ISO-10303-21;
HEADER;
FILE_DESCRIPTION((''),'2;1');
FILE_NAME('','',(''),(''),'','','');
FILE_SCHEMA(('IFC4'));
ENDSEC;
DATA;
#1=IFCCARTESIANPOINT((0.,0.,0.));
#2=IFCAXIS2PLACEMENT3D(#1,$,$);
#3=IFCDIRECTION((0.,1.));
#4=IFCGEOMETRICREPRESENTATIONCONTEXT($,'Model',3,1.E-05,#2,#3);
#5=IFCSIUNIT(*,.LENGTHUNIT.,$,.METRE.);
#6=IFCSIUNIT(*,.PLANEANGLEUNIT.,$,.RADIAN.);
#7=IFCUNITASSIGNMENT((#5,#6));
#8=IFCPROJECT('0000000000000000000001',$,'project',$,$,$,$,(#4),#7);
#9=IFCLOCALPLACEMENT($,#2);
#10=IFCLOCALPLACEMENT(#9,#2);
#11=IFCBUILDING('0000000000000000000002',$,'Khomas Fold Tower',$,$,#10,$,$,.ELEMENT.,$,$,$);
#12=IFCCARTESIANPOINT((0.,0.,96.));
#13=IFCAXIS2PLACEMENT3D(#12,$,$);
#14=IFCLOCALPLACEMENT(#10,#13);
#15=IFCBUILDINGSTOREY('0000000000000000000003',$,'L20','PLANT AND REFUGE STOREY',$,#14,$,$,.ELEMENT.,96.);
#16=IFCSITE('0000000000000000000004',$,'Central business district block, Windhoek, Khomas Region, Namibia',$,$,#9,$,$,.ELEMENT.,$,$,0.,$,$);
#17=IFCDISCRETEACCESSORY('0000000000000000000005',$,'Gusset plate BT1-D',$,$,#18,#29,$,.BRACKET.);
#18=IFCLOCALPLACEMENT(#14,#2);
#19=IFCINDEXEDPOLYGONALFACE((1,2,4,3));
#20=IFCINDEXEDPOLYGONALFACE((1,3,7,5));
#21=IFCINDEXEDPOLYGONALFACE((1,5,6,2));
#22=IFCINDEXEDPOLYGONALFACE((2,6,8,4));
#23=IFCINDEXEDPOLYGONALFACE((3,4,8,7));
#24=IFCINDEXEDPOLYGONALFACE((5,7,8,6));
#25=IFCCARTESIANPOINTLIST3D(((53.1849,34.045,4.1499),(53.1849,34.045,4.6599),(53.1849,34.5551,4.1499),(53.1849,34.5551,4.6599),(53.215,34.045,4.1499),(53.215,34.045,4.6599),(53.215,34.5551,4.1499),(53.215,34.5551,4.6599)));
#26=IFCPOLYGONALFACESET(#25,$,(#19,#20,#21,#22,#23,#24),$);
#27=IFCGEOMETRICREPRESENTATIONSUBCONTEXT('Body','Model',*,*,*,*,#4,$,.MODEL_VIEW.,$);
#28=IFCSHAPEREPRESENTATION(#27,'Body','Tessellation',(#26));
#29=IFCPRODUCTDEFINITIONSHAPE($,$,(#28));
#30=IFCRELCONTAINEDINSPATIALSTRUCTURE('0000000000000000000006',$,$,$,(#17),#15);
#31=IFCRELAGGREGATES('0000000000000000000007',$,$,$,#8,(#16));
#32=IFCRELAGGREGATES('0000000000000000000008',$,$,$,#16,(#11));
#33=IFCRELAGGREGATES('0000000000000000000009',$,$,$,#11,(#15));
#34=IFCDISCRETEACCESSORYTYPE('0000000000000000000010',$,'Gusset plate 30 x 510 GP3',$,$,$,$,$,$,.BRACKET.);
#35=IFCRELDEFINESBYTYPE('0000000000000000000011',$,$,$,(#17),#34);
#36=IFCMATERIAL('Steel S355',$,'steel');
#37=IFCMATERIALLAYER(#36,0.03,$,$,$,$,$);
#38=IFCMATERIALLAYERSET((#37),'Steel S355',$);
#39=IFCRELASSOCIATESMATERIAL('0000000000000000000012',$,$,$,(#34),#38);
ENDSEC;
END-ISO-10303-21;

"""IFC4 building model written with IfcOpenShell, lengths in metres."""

from ifc_helpers import new_model, si_unit, direction, frame, origin, origin_2d, place, context, subcontext, project, spatial, rectangle, extrude, source, transform, mapped, material, layer, layer_set, type_object, element, save


model = new_model("IFC4")

# Units and contexts
model_context = context("Model", 3, precision=1e-05, world=origin(), true_north=direction((0.0, 1.0)))
body_context = subcontext(model_context, "Body", "Model", "MODEL_VIEW")
ifc_project = project(units=[si_unit("LENGTHUNIT", "METRE"), si_unit("PLANEANGLEUNIT", "RADIAN")], contexts=[model_context])

# Site, building, storey
site_placement = place(None, origin())
site = spatial("IfcSite", under=ifc_project, at=site_placement, Name="Central business district block, Windhoek, Khomas Region, Namibia", CompositionType="ELEMENT", RefElevation=0.0)
building_placement = place(site_placement, origin())
building = spatial("IfcBuilding", under=site, at=building_placement, Name="Khomas Fold Tower", CompositionType="ELEMENT")
storey_placement = place(building_placement, frame((0.0, 0.0, 96.0)))
storey = spatial("IfcBuildingStorey", under=building, at=storey_placement, Name="L20", Description="PLANT AND REFUGE STOREY", CompositionType="ELEMENT", Elevation=96.0)

# Discrete accessory
ifc_material_1 = material(Name="Steel S355", Category="steel")
ifc_layer_1 = layer(ifc_material_1, 0.03)
ifc_layer_set_1 = layer_set([ifc_layer_1], Name="Steel S355")
discrete_accessory_type = type_object("IfcDiscreteAccessoryType", Name="Gusset plate 30 x 510 GP3", PredefinedType="BRACKET", material=ifc_layer_set_1)
shared_shape_1 = source(origin(), body_context, "Body", "SweptSolid", [
    extrude(rectangle(XDim=0.51, YDim=0.03, at=origin_2d()), origin(), (0.0, 0.0, 1.0), 0.51),
])
for number, where, z_axis, x_axis, name in (
    (1, (53.2, 34.3, 4.1499), (0.0, 0.0, 1.0), (0.0, 1.0, 0.0), "Gusset plate BT1-D"),
):
    element("IfcDiscreteAccessory", number, at=place(storey_placement, frame(where, z_axis=z_axis, x_axis=x_axis)), inside=storey, type_object=discrete_accessory_type, Name=name, PredefinedType="BRACKET", context=body_context, shape_type="MappedRepresentation", body=[
        mapped(shared_shape_1, transform((0.0, 0.0, 0.0))),
    ])

save(model, "model.ifc")
